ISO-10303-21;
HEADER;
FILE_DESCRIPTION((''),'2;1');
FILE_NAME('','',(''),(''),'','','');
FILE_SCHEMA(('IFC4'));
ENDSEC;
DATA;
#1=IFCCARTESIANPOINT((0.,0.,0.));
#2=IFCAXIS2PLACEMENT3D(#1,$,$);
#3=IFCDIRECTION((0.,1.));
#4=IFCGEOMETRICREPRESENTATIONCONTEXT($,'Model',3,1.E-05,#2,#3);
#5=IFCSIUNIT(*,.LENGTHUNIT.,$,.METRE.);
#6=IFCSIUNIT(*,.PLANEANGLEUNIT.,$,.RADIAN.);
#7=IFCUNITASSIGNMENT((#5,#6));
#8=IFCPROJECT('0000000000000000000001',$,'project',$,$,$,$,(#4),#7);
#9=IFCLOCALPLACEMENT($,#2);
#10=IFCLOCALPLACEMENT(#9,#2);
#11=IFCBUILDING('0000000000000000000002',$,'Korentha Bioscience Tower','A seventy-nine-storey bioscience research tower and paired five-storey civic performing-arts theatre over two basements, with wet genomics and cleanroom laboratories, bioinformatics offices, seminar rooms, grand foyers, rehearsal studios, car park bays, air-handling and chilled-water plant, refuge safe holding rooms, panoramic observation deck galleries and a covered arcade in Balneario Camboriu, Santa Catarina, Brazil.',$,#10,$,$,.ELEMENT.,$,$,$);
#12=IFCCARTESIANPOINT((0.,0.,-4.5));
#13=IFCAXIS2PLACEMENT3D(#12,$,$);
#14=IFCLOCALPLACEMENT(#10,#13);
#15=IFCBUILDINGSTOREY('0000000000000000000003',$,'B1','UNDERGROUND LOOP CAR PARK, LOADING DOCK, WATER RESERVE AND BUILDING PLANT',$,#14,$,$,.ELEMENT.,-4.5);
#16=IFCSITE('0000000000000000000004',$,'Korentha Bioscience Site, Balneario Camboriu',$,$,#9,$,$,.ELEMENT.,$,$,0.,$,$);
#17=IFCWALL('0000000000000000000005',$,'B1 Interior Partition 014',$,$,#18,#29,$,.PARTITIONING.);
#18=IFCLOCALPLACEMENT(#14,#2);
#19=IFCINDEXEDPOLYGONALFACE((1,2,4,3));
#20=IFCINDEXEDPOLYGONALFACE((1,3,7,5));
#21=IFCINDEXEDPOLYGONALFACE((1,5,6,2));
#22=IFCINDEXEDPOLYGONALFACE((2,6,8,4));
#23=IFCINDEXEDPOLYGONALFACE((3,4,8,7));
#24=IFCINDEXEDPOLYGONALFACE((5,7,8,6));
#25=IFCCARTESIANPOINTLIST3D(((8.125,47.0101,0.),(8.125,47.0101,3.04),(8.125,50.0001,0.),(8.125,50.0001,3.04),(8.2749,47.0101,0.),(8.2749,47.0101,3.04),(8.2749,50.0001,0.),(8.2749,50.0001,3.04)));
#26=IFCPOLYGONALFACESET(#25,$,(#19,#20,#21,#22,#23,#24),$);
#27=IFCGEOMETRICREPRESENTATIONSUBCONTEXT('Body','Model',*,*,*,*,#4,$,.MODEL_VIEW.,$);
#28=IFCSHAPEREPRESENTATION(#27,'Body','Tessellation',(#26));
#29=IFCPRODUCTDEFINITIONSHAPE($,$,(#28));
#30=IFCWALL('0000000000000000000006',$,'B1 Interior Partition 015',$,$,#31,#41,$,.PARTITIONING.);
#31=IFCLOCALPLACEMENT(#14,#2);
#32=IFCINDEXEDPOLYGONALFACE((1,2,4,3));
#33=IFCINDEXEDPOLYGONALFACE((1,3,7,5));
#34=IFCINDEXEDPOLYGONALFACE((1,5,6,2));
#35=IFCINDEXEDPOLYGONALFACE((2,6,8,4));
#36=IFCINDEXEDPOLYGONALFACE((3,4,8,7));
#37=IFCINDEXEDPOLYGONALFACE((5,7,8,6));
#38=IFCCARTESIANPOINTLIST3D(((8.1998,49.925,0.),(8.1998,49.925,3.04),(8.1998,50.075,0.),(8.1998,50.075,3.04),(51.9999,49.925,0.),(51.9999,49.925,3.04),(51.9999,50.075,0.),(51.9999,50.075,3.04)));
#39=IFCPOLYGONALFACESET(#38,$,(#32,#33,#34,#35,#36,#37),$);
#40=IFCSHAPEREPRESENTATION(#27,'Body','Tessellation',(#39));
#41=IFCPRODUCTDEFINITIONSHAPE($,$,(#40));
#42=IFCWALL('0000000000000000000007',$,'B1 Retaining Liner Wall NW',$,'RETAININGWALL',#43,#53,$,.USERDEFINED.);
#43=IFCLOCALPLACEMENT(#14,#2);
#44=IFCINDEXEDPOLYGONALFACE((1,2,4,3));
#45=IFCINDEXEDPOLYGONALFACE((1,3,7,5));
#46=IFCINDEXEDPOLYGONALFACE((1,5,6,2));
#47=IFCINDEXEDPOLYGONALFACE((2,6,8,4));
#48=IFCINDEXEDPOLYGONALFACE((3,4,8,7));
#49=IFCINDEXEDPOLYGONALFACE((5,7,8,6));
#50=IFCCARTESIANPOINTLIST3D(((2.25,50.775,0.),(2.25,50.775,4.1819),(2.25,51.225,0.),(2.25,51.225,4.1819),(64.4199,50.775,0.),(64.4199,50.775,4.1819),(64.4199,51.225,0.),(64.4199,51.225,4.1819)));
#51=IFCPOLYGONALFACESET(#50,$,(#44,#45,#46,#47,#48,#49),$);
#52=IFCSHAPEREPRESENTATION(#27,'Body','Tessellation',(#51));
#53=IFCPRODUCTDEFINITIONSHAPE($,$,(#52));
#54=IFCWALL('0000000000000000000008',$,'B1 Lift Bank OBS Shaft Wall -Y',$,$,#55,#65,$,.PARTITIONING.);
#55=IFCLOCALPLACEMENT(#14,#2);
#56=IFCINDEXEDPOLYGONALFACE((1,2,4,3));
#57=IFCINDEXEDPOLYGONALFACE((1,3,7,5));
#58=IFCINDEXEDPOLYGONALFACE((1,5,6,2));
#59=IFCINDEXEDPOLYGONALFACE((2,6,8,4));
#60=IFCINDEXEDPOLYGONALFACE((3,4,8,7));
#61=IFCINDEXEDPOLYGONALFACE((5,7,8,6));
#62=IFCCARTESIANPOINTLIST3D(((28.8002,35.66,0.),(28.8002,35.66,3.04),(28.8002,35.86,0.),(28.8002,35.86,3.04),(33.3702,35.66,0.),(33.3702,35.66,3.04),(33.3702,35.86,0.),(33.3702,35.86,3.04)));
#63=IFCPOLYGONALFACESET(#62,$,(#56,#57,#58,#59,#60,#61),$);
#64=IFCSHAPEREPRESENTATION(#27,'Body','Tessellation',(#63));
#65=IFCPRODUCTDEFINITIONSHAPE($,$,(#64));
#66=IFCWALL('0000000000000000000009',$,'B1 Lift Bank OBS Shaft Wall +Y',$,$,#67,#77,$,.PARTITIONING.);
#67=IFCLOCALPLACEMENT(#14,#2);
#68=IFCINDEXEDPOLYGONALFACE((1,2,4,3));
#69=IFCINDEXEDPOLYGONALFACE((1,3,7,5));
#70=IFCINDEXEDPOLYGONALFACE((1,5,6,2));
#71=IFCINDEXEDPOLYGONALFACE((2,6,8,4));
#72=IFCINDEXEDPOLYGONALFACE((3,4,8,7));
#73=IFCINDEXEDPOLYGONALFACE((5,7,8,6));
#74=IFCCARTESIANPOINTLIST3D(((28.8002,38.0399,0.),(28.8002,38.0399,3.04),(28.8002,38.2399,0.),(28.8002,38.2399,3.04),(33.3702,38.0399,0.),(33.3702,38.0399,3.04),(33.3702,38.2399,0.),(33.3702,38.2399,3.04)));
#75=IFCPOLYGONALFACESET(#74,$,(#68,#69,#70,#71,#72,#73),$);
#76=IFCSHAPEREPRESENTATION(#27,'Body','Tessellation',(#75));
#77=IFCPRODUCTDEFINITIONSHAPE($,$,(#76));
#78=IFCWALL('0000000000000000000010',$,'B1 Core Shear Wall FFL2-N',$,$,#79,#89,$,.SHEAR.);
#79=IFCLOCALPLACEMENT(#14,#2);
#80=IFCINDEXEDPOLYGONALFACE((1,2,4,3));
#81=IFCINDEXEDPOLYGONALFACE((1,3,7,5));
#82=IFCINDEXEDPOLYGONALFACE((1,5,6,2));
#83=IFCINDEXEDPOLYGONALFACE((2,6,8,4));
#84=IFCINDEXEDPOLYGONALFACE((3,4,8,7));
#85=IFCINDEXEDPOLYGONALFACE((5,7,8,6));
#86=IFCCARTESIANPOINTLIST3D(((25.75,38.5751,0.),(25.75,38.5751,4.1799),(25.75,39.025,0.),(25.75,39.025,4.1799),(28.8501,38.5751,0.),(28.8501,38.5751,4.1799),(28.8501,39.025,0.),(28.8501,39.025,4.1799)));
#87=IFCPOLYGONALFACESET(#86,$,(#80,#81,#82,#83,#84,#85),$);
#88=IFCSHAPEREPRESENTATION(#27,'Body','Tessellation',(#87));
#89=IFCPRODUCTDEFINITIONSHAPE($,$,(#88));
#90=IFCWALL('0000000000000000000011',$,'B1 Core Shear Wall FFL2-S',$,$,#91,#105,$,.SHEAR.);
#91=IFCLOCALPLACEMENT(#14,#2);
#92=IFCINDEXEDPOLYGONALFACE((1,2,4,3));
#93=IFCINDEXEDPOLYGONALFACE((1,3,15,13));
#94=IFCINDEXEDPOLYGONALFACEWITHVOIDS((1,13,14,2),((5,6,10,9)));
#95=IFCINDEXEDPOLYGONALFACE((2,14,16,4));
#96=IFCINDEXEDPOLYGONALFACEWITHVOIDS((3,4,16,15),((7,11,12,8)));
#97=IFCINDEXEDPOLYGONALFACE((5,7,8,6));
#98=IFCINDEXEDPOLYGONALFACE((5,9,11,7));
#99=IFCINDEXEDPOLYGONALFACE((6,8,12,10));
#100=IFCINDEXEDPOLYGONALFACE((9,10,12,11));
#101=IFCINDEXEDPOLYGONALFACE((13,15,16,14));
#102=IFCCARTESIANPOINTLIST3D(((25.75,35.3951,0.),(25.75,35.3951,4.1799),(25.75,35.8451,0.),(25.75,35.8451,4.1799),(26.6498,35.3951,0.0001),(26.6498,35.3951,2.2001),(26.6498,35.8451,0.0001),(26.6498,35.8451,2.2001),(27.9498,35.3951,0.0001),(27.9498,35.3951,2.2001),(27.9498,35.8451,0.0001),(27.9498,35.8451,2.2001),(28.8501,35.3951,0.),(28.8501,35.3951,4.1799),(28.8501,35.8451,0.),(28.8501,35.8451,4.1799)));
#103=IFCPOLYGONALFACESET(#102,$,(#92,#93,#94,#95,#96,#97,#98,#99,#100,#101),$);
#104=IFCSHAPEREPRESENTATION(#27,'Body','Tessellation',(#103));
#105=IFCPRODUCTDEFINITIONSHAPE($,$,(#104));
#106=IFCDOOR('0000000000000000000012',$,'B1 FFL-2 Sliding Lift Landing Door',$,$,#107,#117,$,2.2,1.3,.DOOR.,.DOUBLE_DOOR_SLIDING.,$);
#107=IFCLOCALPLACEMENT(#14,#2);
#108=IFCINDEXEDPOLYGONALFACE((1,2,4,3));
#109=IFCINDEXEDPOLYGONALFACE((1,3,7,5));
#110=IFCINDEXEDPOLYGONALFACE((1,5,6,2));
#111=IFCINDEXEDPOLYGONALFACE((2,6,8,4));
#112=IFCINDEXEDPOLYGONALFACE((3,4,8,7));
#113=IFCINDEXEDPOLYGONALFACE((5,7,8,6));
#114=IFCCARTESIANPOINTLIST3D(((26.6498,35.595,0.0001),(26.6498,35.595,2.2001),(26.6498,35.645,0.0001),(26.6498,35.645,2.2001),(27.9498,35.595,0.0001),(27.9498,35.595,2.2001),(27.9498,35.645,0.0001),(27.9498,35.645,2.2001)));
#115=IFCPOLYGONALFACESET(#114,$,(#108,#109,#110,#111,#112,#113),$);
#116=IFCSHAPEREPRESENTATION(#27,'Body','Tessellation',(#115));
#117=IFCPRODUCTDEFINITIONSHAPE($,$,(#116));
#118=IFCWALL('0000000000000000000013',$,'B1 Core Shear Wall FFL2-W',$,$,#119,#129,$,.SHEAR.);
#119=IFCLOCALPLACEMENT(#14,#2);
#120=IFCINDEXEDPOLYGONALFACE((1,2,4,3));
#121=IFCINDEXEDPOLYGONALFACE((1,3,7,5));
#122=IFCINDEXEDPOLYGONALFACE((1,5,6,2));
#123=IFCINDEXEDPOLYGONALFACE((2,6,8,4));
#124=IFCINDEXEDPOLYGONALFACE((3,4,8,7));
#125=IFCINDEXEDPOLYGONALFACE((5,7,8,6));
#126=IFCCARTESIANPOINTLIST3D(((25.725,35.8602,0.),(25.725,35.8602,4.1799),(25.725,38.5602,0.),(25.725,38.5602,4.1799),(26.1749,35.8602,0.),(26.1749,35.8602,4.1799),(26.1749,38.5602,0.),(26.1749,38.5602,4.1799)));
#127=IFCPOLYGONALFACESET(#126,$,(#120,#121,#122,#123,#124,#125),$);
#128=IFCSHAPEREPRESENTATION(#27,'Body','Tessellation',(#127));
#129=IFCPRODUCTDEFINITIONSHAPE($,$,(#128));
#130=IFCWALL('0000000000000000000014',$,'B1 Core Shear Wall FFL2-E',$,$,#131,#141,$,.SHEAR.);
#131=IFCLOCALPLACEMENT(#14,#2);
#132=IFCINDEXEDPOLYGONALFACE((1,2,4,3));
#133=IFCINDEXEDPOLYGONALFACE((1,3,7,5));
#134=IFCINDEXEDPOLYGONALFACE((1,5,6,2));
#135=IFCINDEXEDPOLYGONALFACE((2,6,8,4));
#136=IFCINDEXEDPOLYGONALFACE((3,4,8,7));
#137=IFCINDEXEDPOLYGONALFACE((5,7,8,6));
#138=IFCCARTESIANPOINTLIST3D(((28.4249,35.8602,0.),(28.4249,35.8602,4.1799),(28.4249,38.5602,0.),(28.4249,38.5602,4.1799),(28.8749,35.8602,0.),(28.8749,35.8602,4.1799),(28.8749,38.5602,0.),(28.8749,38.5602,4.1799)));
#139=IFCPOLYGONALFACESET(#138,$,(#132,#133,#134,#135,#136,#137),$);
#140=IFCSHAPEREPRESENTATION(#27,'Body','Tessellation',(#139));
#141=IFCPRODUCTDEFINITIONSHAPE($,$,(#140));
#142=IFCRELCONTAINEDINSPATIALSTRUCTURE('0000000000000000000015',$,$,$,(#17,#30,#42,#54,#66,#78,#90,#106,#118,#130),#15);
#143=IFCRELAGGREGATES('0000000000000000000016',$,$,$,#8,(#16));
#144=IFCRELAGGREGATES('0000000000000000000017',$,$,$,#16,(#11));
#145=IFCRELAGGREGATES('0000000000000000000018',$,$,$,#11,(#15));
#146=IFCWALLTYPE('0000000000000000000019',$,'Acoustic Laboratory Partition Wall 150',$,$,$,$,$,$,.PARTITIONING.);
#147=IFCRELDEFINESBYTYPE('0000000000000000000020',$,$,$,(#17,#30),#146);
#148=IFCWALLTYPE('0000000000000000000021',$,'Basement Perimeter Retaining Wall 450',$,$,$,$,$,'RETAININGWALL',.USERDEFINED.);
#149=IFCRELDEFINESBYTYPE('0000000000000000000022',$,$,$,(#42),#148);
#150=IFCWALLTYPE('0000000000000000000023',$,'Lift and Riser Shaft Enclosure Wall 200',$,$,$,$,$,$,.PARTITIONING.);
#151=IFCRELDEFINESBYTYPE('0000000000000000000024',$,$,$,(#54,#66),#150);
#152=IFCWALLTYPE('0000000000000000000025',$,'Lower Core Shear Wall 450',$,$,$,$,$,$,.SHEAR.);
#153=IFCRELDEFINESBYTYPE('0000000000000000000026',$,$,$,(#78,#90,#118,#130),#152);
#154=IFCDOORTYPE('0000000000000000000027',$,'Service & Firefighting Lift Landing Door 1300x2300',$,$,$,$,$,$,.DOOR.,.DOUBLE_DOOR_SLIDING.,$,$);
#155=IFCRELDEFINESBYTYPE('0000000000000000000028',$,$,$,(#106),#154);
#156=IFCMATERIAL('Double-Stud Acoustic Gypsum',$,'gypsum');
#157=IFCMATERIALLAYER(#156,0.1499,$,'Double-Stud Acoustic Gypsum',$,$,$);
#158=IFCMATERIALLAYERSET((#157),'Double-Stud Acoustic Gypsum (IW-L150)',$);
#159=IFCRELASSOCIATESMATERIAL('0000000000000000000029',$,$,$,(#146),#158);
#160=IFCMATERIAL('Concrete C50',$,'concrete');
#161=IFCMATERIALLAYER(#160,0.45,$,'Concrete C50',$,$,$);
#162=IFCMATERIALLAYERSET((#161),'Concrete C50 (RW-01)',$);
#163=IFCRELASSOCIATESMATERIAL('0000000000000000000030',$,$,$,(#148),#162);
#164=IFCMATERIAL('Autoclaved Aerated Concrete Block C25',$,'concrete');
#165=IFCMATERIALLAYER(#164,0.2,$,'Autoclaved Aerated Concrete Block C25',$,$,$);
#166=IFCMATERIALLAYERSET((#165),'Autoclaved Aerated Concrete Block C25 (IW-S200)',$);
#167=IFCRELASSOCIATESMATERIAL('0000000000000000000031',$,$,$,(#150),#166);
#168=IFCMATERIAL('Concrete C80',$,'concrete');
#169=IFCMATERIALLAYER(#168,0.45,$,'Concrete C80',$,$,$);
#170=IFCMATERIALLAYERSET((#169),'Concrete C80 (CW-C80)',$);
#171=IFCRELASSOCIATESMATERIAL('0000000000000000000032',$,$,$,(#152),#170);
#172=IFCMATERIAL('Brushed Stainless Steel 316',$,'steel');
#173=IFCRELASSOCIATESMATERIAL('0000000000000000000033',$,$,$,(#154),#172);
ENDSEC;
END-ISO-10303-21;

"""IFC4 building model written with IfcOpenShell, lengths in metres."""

from ifc_helpers import new_model, si_unit, direction, frame, frame_2d, origin, place, context, subcontext, project, spatial, rectangle, extrude, material, layer, layer_set, type_object, element, fill, save


model = new_model("IFC4")

# Units and contexts
model_context = context("Model", 3, precision=1e-05, world=origin(), true_north=direction((0.0, 1.0)))
body_context = subcontext(model_context, "Body", "Model", "MODEL_VIEW")
ifc_project = project(units=[si_unit("LENGTHUNIT", "METRE"), si_unit("PLANEANGLEUNIT", "RADIAN")], contexts=[model_context])

# Site, building, storey
site_placement = place(None, origin())
site = spatial("IfcSite", under=ifc_project, at=site_placement, Name="Korentha Bioscience Site, Balneario Camboriu", CompositionType="ELEMENT", RefElevation=0.0)
building_placement = place(site_placement, origin())
building = spatial("IfcBuilding", under=site, at=building_placement, Name="Korentha Bioscience Tower", Description="A seventy-nine-storey bioscience research tower and paired five-storey civic performing-arts theatre over two basements, with wet genomics and cleanroom laboratories, bioinformatics offices, seminar rooms, grand foyers, rehearsal studios, car park bays, air-handling and chilled-water plant, refuge safe holding rooms, panoramic observation deck galleries and a covered arcade in Balneario Camboriu, Santa Catarina, Brazil.", CompositionType="ELEMENT")
storey_placement = place(building_placement, frame((0.0, 0.0, -4.5)))
storey = spatial("IfcBuildingStorey", under=building, at=storey_placement, Name="B1", Description="UNDERGROUND LOOP CAR PARK, LOADING DOCK, WATER RESERVE AND BUILDING PLANT", CompositionType="ELEMENT", Elevation=-4.5)

# Shared definitions
ifc_material_1 = material(Name="Concrete C80", Category="concrete")

# Shared definitions
ifc_material_2 = material(Name="Double-Stud Acoustic Gypsum", Category="gypsum")
ifc_layer_1 = layer(ifc_material_2, 0.1499, Name="Double-Stud Acoustic Gypsum")
ifc_layer_set_1 = layer_set([ifc_layer_1], Name="Double-Stud Acoustic Gypsum (IW-L150)")
wall_type_1 = type_object("IfcWallType", Name="Acoustic Laboratory Partition Wall 150", PredefinedType="PARTITIONING", material=ifc_layer_set_1)

# Walls
wall_1_placement = place(storey_placement, frame((8.2, 47.01, 0.0), z_axis=(0.0, 0.0, 1.0), x_axis=(0.0, 1.0, 0.0)))
element("IfcWall", 1, at=wall_1_placement, inside=storey, type_object=wall_type_1, Name="B1 Interior Partition 014", PredefinedType="PARTITIONING", context=body_context, shape_type="SweptSolid", body=[
    extrude(rectangle(XDim=2.99, YDim=0.1499, at=frame_2d((1.4951, 0.0))), origin(), (0.0, 0.0, 1.0), 3.04),
])
wall_2_placement = place(storey_placement, frame((8.2, 50.0, 0.0), z_axis=(0.0, 0.0, 1.0), x_axis=(1.0, 0.0, 0.0)))
element("IfcWall", 2, at=wall_2_placement, inside=storey, type_object=wall_type_1, Name="B1 Interior Partition 015", PredefinedType="PARTITIONING", context=body_context, shape_type="SweptSolid", body=[
    extrude(rectangle(XDim=43.8, YDim=0.1499, at=frame_2d((21.8999, 0.0))), origin(), (0.0, 0.0, 1.0), 3.04),
])
ifc_material_3 = material(Name="Concrete C50", Category="concrete")
ifc_layer_2 = layer(ifc_material_3, 0.45, Name="Concrete C50")
ifc_layer_set_2 = layer_set([ifc_layer_2], Name="Concrete C50 (RW-01)")
wall_type_2 = type_object("IfcWallType", Name="Basement Perimeter Retaining Wall 450", ElementType="RETAININGWALL", PredefinedType="USERDEFINED", material=ifc_layer_set_2)
wall_3_placement = place(storey_placement, frame((2.25, 51.0, 0.0), z_axis=(0.0, 0.0, 1.0), x_axis=(1.0, 0.0, 0.0)))
element("IfcWall", 3, at=wall_3_placement, inside=storey, type_object=wall_type_2, Name="B1 Retaining Liner Wall NW", ObjectType="RETAININGWALL", PredefinedType="USERDEFINED", context=body_context, shape_type="SweptSolid", body=[
    extrude(rectangle(XDim=62.1699, YDim=0.45, at=frame_2d((31.085, 0.0))), origin(), (0.0, 0.0, 1.0), 4.1819),
])
ifc_material_4 = material(Name="Autoclaved Aerated Concrete Block C25", Category="concrete")
ifc_layer_3 = layer(ifc_material_4, 0.2, Name="Autoclaved Aerated Concrete Block C25")
ifc_layer_set_3 = layer_set([ifc_layer_3], Name="Autoclaved Aerated Concrete Block C25 (IW-S200)")
wall_type_3 = type_object("IfcWallType", Name="Lift and Riser Shaft Enclosure Wall 200", PredefinedType="PARTITIONING", material=ifc_layer_set_3)
for number, where, z_axis, x_axis, name in (
    (4, (28.8, 35.76, 0.0), (0.0, 0.0, 1.0), (1.0, 0.0, 0.0), "B1 Lift Bank OBS Shaft Wall -Y"),
    (5, (28.8, 38.1399, 0.0), (0.0, 0.0, 1.0), (1.0, 0.0, 0.0), "B1 Lift Bank OBS Shaft Wall +Y"),
):
    element("IfcWall", number, at=place(storey_placement, frame(where, z_axis=z_axis, x_axis=x_axis)), inside=storey, type_object=wall_type_3, Name=name, PredefinedType="PARTITIONING", context=body_context, shape_type="SweptSolid", body=[
        extrude(rectangle(XDim=4.5701, YDim=0.2, at=frame_2d((2.2852, 0.0))), origin(), (0.0, 0.0, 1.0), 3.04),
    ])
ifc_layer_4 = layer(ifc_material_1, 0.45, Name="Concrete C80")
ifc_layer_set_4 = layer_set([ifc_layer_4], Name="Concrete C80 (CW-C80)")
wall_type_4 = type_object("IfcWallType", Name="Lower Core Shear Wall 450", PredefinedType="SHEAR", material=ifc_layer_set_4)
wall_4_placement = place(storey_placement, frame((25.75, 38.8, 0.0), z_axis=(0.0, 0.0, 1.0), x_axis=(1.0, 0.0, 0.0)))
element("IfcWall", 6, at=wall_4_placement, inside=storey, type_object=wall_type_4, Name="B1 Core Shear Wall FFL2-N", PredefinedType="SHEAR", context=body_context, shape_type="SweptSolid", body=[
    extrude(rectangle(XDim=3.1001, YDim=0.45, at=frame_2d((1.55, 0.0))), origin(), (0.0, 0.0, 1.0), 4.1799),
])

# Wall, opening, door
wall_5_placement = place(storey_placement, frame((25.75, 35.6201, 0.0), z_axis=(0.0, 0.0, 1.0), x_axis=(1.0, 0.0, 0.0)))
wall_5 = element("IfcWall", 7, at=wall_5_placement, inside=storey, type_object=wall_type_4, Name="B1 Core Shear Wall FFL2-S", PredefinedType="SHEAR", context=body_context, shape_type="SweptSolid", body=[
    extrude(rectangle(XDim=3.1001, YDim=0.45, at=frame_2d((1.55, 0.0))), origin(), (0.0, 0.0, 1.0), 4.1799),
])
opening_1_placement = place(wall_5_placement, frame((0.8999, 0.0, 0.0)))
opening_1 = element("IfcOpeningElement", 8, at=opening_1_placement, cuts=wall_5, PredefinedType="OPENING", context=body_context, shape_type="SweptSolid", body=[
    extrude(rectangle(XDim=1.3, YDim=2.2, at=frame_2d((0.6499, 1.1001))), frame((0.0, 0.2397, 0.0), z_axis=(0.0, -1.0, 0.0), x_axis=(1.0, 0.0, 0.0)), (0.0, 0.0, 1.0), 0.4797),
])
ifc_material_5 = material(Name="Brushed Stainless Steel 316", Category="steel")
door_type_1 = type_object("IfcDoorType", Name="Service & Firefighting Lift Landing Door 1300x2300", OperationType="DOUBLE_DOOR_SLIDING", PredefinedType="DOOR", material=ifc_material_5)
door_1_placement = place(opening_1_placement, origin())
door_1 = element("IfcDoor", 9, at=door_1_placement, inside=storey, type_object=door_type_1, Name="B1 FFL-2 Sliding Lift Landing Door", OperationType="DOUBLE_DOOR_SLIDING", OverallHeight=2.2, OverallWidth=1.3, PredefinedType="DOOR", context=body_context, shape_type="SweptSolid", body=[
    extrude(rectangle(XDim=1.3, YDim=2.2, at=frame_2d((0.6499, 1.1001))), frame((0.0, 0.0249, 0.0), z_axis=(0.0, -1.0, 0.0), x_axis=(1.0, 0.0, 0.0)), (0.0, 0.0, 1.0), 0.05),
])
fill(opening_1, door_1)

# Walls
for number, where, z_axis, x_axis, name in (
    (10, (25.95, 35.8601, 0.0), (0.0, 0.0, 1.0), (0.0, 1.0, 0.0), "B1 Core Shear Wall FFL2-W"),
    (11, (28.6499, 35.8601, 0.0), (0.0, 0.0, 1.0), (0.0, 1.0, 0.0), "B1 Core Shear Wall FFL2-E"),
):
    element("IfcWall", number, at=place(storey_placement, frame(where, z_axis=z_axis, x_axis=x_axis)), inside=storey, type_object=wall_type_4, Name=name, PredefinedType="SHEAR", context=body_context, shape_type="SweptSolid", body=[
        extrude(rectangle(XDim=2.7, YDim=0.45, at=frame_2d((1.3501, 0.0))), origin(), (0.0, 0.0, 1.0), 4.1799),
    ])

save(model, "model.ifc")
